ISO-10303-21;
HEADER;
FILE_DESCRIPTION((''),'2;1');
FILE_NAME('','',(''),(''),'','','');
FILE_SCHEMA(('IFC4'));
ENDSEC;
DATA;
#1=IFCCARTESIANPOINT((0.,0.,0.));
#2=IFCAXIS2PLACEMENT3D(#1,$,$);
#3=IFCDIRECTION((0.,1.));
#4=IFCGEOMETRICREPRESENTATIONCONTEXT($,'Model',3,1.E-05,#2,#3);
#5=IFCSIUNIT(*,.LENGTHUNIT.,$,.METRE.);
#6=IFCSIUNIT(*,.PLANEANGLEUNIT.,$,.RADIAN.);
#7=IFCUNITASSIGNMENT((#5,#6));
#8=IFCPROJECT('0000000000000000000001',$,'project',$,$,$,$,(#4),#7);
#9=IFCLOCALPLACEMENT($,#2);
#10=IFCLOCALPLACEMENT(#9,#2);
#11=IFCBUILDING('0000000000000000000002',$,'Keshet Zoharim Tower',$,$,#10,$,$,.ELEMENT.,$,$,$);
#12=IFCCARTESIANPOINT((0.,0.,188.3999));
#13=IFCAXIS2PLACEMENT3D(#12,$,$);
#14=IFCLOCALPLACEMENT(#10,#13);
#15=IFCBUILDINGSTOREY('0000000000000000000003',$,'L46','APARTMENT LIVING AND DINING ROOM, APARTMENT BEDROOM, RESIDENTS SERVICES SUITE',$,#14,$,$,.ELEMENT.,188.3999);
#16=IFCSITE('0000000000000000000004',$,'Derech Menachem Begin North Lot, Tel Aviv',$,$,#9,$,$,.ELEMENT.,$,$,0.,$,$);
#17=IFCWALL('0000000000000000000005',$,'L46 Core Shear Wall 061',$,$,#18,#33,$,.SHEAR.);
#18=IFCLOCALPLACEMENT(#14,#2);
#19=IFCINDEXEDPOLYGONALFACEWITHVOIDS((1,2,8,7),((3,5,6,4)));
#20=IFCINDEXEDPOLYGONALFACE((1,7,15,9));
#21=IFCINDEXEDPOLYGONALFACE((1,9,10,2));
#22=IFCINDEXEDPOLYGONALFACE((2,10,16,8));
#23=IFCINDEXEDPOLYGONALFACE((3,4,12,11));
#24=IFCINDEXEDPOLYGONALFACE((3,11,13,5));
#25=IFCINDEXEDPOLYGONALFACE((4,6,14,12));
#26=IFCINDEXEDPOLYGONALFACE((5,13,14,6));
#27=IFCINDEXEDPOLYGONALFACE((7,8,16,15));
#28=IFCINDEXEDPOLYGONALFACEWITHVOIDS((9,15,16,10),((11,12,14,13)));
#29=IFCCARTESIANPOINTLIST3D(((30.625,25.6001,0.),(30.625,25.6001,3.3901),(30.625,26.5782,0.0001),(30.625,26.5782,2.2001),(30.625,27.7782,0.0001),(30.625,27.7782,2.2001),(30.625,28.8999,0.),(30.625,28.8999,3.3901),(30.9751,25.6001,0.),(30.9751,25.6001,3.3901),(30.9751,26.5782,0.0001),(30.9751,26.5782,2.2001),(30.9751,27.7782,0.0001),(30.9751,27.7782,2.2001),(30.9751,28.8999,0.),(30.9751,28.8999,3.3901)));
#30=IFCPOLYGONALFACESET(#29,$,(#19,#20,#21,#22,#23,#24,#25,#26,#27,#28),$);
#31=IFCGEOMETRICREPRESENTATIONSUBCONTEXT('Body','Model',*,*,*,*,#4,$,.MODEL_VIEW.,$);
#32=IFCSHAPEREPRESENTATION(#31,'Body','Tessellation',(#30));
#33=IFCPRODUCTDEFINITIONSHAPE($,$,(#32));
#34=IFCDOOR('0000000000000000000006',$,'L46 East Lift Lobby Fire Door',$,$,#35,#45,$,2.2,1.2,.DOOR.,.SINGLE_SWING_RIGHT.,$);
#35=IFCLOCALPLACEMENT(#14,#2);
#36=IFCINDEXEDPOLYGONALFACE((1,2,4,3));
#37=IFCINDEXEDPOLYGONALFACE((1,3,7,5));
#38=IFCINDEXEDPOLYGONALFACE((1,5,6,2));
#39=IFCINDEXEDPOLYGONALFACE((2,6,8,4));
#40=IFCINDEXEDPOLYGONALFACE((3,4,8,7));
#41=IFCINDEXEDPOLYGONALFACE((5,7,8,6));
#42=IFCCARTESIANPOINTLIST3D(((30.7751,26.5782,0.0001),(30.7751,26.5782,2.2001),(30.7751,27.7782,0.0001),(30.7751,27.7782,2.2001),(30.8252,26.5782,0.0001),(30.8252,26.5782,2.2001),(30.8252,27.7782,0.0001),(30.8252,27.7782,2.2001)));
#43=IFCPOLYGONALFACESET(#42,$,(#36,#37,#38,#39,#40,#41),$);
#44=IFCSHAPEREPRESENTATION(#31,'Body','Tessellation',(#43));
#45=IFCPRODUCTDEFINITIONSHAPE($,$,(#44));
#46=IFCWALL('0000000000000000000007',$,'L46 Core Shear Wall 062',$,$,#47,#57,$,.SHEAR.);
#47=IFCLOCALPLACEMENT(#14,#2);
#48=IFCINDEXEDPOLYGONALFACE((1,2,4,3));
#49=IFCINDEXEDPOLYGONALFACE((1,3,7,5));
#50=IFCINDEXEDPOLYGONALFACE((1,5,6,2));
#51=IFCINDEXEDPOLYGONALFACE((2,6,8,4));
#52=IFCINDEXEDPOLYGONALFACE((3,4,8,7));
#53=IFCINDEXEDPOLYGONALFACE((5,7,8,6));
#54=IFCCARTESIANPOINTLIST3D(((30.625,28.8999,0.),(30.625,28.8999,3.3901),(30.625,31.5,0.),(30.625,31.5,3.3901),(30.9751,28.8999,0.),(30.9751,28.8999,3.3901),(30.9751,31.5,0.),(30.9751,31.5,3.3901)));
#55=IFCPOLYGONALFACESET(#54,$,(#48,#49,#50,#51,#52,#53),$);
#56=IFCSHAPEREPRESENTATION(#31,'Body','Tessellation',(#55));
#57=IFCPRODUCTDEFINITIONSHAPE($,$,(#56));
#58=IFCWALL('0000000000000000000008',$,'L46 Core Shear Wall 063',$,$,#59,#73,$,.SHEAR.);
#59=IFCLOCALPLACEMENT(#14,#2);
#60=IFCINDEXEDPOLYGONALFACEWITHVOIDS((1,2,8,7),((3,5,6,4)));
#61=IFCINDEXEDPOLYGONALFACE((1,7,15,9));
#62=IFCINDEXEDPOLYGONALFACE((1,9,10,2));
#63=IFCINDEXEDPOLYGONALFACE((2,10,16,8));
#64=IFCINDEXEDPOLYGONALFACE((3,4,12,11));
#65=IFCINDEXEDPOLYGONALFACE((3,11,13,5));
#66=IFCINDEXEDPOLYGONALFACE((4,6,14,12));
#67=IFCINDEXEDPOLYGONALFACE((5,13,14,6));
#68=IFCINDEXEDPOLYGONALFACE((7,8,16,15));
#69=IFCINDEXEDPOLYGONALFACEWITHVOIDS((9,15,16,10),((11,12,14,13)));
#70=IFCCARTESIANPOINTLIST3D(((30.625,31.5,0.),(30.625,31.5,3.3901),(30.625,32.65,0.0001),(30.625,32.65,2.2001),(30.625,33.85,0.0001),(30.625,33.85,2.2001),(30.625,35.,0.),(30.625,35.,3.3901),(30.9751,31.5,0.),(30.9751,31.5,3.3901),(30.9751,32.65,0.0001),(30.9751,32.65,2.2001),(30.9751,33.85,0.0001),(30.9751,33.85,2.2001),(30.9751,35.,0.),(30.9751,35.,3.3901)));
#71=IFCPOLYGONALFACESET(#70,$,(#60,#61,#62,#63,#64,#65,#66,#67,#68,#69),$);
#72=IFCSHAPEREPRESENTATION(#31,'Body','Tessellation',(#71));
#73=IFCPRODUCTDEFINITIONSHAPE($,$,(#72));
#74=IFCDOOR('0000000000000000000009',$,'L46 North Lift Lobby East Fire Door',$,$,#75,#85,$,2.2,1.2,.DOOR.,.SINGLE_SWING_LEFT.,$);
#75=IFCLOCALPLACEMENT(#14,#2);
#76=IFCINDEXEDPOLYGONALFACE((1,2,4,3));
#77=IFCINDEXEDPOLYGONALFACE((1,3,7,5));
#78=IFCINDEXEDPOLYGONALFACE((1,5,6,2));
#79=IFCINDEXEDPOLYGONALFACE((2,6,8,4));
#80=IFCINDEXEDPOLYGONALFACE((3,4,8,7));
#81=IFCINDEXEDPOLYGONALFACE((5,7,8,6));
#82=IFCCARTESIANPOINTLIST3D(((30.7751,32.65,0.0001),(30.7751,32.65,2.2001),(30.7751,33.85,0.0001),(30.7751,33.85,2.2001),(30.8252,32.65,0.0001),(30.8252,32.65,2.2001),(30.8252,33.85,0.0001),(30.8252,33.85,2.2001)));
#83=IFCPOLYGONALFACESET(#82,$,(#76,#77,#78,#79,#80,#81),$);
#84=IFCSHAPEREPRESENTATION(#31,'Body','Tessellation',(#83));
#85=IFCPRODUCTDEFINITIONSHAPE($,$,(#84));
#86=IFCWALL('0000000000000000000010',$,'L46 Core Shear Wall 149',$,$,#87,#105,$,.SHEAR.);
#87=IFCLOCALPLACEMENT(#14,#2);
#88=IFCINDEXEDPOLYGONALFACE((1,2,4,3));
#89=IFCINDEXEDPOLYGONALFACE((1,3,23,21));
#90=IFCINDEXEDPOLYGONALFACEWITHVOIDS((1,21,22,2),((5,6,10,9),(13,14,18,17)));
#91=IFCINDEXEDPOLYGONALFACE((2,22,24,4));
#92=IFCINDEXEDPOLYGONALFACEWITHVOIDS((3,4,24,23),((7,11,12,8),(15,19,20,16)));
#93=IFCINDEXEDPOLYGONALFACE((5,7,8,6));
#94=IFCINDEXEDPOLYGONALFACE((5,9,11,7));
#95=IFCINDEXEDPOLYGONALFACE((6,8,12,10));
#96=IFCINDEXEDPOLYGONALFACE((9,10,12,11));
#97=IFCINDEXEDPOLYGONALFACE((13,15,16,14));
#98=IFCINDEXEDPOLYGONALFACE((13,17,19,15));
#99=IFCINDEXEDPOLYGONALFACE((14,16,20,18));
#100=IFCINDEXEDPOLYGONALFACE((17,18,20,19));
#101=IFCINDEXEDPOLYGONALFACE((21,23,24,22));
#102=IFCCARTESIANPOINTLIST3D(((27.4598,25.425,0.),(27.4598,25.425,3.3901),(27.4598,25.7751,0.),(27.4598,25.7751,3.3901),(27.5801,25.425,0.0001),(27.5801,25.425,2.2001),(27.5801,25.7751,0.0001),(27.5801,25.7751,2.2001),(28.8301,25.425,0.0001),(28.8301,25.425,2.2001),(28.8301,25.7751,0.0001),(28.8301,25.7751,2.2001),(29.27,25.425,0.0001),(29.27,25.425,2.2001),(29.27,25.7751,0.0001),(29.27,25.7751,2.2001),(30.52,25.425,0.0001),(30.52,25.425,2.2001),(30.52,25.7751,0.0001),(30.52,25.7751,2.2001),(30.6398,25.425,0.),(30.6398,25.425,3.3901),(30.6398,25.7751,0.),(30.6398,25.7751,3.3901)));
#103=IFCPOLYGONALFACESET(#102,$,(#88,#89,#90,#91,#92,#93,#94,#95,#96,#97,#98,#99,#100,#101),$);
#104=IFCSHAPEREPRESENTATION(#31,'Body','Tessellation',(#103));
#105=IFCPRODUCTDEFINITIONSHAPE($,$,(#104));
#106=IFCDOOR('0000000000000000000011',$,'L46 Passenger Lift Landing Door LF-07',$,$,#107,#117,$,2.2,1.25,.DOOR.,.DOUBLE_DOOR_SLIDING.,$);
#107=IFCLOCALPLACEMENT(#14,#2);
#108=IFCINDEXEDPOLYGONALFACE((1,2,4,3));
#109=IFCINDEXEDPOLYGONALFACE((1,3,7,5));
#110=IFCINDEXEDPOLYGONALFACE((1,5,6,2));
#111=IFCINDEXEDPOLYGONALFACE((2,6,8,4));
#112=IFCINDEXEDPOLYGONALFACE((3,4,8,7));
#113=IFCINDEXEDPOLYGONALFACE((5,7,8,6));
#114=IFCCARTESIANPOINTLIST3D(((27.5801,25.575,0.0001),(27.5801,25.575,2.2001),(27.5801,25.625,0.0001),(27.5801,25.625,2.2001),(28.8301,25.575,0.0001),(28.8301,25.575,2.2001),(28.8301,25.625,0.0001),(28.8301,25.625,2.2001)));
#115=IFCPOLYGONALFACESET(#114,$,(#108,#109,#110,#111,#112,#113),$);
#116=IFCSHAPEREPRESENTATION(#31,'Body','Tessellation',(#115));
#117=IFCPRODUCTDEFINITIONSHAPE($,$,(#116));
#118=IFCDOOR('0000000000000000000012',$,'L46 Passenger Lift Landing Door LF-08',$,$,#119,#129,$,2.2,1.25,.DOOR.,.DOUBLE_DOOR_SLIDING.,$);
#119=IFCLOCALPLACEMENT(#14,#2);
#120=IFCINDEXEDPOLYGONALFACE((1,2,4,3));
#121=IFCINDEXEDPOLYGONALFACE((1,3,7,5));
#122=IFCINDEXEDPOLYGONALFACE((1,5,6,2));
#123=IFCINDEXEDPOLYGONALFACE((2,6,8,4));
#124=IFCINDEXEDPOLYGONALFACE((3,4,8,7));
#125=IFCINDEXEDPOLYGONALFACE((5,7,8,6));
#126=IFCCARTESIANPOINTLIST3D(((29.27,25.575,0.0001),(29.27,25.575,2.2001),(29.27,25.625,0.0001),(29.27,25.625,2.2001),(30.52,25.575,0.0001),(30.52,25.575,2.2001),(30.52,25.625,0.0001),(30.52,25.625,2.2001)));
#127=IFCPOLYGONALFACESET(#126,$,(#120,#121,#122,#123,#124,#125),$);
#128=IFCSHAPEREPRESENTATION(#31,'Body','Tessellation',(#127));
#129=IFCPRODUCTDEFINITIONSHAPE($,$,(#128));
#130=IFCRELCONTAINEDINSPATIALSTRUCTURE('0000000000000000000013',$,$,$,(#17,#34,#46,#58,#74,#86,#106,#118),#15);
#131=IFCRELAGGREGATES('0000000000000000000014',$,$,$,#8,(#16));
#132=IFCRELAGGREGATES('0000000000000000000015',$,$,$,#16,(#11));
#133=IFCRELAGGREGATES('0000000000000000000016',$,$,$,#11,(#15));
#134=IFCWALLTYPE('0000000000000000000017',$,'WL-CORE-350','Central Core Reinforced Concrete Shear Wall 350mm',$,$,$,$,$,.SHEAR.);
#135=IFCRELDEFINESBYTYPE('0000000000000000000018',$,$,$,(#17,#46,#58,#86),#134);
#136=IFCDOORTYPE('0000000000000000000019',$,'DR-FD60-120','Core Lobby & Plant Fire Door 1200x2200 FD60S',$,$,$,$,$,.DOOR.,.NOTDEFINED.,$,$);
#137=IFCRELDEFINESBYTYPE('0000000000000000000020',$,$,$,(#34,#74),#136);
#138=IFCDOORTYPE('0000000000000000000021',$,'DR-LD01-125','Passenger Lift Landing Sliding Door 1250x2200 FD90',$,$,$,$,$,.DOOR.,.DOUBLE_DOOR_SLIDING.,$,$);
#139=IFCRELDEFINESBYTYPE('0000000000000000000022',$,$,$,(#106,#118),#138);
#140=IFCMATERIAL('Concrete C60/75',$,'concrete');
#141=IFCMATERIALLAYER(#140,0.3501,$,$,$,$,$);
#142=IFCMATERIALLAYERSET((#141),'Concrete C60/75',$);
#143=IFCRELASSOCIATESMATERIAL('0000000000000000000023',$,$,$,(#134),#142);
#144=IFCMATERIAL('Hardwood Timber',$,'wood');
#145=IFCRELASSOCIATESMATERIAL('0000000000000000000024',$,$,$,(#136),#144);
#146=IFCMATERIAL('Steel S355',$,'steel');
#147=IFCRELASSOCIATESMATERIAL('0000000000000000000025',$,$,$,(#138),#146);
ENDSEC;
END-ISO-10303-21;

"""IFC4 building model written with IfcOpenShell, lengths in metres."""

from ifc_helpers import new_model, si_unit, direction, frame, frame_2d, origin, place, context, subcontext, project, spatial, rectangle, extrude, material, layer, layer_set, type_object, element, fill, save


model = new_model("IFC4")

# Units and contexts
model_context = context("Model", 3, precision=1e-05, world=origin(), true_north=direction((0.0, 1.0)))
body_context = subcontext(model_context, "Body", "Model", "MODEL_VIEW")
ifc_project = project(units=[si_unit("LENGTHUNIT", "METRE"), si_unit("PLANEANGLEUNIT", "RADIAN")], contexts=[model_context])

# Site, building, storey
site_placement = place(None, origin())
site = spatial("IfcSite", under=ifc_project, at=site_placement, Name="Derech Menachem Begin North Lot, Tel Aviv", CompositionType="ELEMENT", RefElevation=0.0)
building_placement = place(site_placement, origin())
building = spatial("IfcBuilding", under=site, at=building_placement, Name="Keshet Zoharim Tower", CompositionType="ELEMENT")
storey_placement = place(building_placement, frame((0.0, 0.0, 188.3999)))
storey = spatial("IfcBuildingStorey", under=building, at=storey_placement, Name="L46", Description="APARTMENT LIVING AND DINING ROOM, APARTMENT BEDROOM, RESIDENTS SERVICES SUITE", CompositionType="ELEMENT", Elevation=188.3999)

# Shared definitions
ifc_material_1 = material(Name="Steel S355", Category="steel")

# Shared definitions
ifc_material_2 = material(Name="Concrete C60/75", Category="concrete")
ifc_layer_1 = layer(ifc_material_2, 0.3501)
ifc_layer_set_1 = layer_set([ifc_layer_1], Name="Concrete C60/75")
wall_type_1 = type_object("IfcWallType", Name="WL-CORE-350", Description="Central Core Reinforced Concrete Shear Wall 350mm", PredefinedType="SHEAR", material=ifc_layer_set_1)

# Wall, opening, door
wall_1_placement = place(storey_placement, frame((30.8, 25.6001, 0.0), z_axis=(0.0, 0.0, 1.0), x_axis=(0.0, 1.0, 0.0)))
wall_1 = element("IfcWall", 1, at=wall_1_placement, inside=storey, type_object=wall_type_1, Name="L46 Core Shear Wall 061", PredefinedType="SHEAR", context=body_context, shape_type="SweptSolid", body=[
    extrude(rectangle(XDim=3.2998, YDim=0.3501, at=frame_2d((1.6499, 0.0))), origin(), (0.0, 0.0, 1.0), 3.3901),
])
opening_1_placement = place(wall_1_placement, frame((0.978, 0.0, 0.0)))
opening_1 = element("IfcOpeningElement", 2, at=opening_1_placement, cuts=wall_1, PredefinedType="OPENING", context=body_context, shape_type="SweptSolid", body=[
    extrude(rectangle(XDim=1.2, YDim=2.2, at=frame_2d((0.6001, 1.1001))), frame((0.0, 0.1851, 0.0), z_axis=(0.0, -1.0, 0.0), x_axis=(1.0, 0.0, 0.0)), (0.0, 0.0, 1.0), 0.3701),
])
ifc_material_3 = material(Name="Hardwood Timber", Category="wood")
door_type_1 = type_object("IfcDoorType", Name="DR-FD60-120", Description="Core Lobby & Plant Fire Door 1200x2200 FD60S", OperationType="NOTDEFINED", PredefinedType="DOOR", material=ifc_material_3)
door_1_placement = place(opening_1_placement, origin())
door_1 = element("IfcDoor", 3, at=door_1_placement, inside=storey, type_object=door_type_1, Name="L46 East Lift Lobby Fire Door", OperationType="SINGLE_SWING_RIGHT", OverallHeight=2.2, OverallWidth=1.2, PredefinedType="DOOR", context=body_context, shape_type="SweptSolid", body=[
    extrude(rectangle(XDim=1.2, YDim=2.2, at=frame_2d((0.6001, 1.1001))), frame((0.0, 0.0249, 0.0), z_axis=(0.0, -1.0, 0.0), x_axis=(1.0, 0.0, 0.0)), (0.0, 0.0, 1.0), 0.05),
])
fill(opening_1, door_1)

# Wall
wall_2_placement = place(storey_placement, frame((30.8, 28.8999, 0.0), z_axis=(0.0, 0.0, 1.0), x_axis=(0.0, 1.0, 0.0)))
element("IfcWall", 4, at=wall_2_placement, inside=storey, type_object=wall_type_1, Name="L46 Core Shear Wall 062", PredefinedType="SHEAR", context=body_context, shape_type="SweptSolid", body=[
    extrude(rectangle(XDim=2.6001, YDim=0.3501, at=frame_2d((1.3, 0.0))), origin(), (0.0, 0.0, 1.0), 3.3901),
])

# Wall, opening, door
wall_3_placement = place(storey_placement, frame((30.8, 31.5, 0.0), z_axis=(0.0, 0.0, 1.0), x_axis=(0.0, 1.0, 0.0)))
wall_3 = element("IfcWall", 5, at=wall_3_placement, inside=storey, type_object=wall_type_1, Name="L46 Core Shear Wall 063", PredefinedType="SHEAR", context=body_context, shape_type="SweptSolid", body=[
    extrude(rectangle(XDim=3.5, YDim=0.3501, at=frame_2d((1.75, 0.0))), origin(), (0.0, 0.0, 1.0), 3.3901),
])
opening_2_placement = place(wall_3_placement, frame((1.1499, 0.0, 0.0)))
opening_2 = element("IfcOpeningElement", 6, at=opening_2_placement, cuts=wall_3, PredefinedType="OPENING", context=body_context, shape_type="SweptSolid", body=[
    extrude(rectangle(XDim=1.2, YDim=2.2, at=frame_2d((0.6001, 1.1001))), frame((0.0, 0.1851, 0.0), z_axis=(0.0, -1.0, 0.0), x_axis=(1.0, 0.0, 0.0)), (0.0, 0.0, 1.0), 0.3701),
])
door_2_placement = place(opening_2_placement, origin())
door_2 = element("IfcDoor", 7, at=door_2_placement, inside=storey, type_object=door_type_1, Name="L46 North Lift Lobby East Fire Door", OperationType="SINGLE_SWING_LEFT", OverallHeight=2.2, OverallWidth=1.2, PredefinedType="DOOR", context=body_context, shape_type="SweptSolid", body=[
    extrude(rectangle(XDim=1.2, YDim=2.2, at=frame_2d((0.6001, 1.1001))), frame((0.0, 0.0249, 0.0), z_axis=(0.0, -1.0, 0.0), x_axis=(1.0, 0.0, 0.0)), (0.0, 0.0, 1.0), 0.05),
])
fill(opening_2, door_2)

# Wall, openings, doors
wall_4_placement = place(storey_placement, frame((27.46, 25.6001, 0.0), z_axis=(0.0, 0.0, 1.0), x_axis=(1.0, 0.0, 0.0)))
wall_4 = element("IfcWall", 8, at=wall_4_placement, inside=storey, type_object=wall_type_1, Name="L46 Core Shear Wall 149", PredefinedType="SHEAR", context=body_context, shape_type="SweptSolid", body=[
    extrude(rectangle(XDim=3.1799, YDim=0.3501, at=frame_2d((1.5898, 0.0))), origin(), (0.0, 0.0, 1.0), 3.3901),
])
opening_3_placement = place(wall_4_placement, frame((0.1201, 0.0, 0.0)))
opening_3 = element("IfcOpeningElement", 9, at=opening_3_placement, cuts=wall_4, PredefinedType="OPENING", context=body_context, shape_type="SweptSolid", body=[
    extrude(rectangle(XDim=1.25, YDim=2.2, at=frame_2d((0.625, 1.1001))), frame((0.0, 0.1851, 0.0), z_axis=(0.0, -1.0, 0.0), x_axis=(1.0, 0.0, 0.0)), (0.0, 0.0, 1.0), 0.3701),
])
opening_4_placement = place(wall_4_placement, frame((1.8101, 0.0, 0.0)))
opening_4 = element("IfcOpeningElement", 10, at=opening_4_placement, cuts=wall_4, PredefinedType="OPENING", context=body_context, shape_type="SweptSolid", body=[
    extrude(rectangle(XDim=1.25, YDim=2.2, at=frame_2d((0.625, 1.1001))), frame((0.0, 0.1851, 0.0), z_axis=(0.0, -1.0, 0.0), x_axis=(1.0, 0.0, 0.0)), (0.0, 0.0, 1.0), 0.3701),
])
door_type_2 = type_object("IfcDoorType", Name="DR-LD01-125", Description="Passenger Lift Landing Sliding Door 1250x2200 FD90", OperationType="DOUBLE_DOOR_SLIDING", PredefinedType="DOOR", material=ifc_material_1)
door_3_placement = place(opening_3_placement, origin())
door_3 = element("IfcDoor", 11, at=door_3_placement, inside=storey, type_object=door_type_2, Name="L46 Passenger Lift Landing Door LF-07", OperationType="DOUBLE_DOOR_SLIDING", OverallHeight=2.2, OverallWidth=1.25, PredefinedType="DOOR", context=body_context, shape_type="SweptSolid", body=[
    extrude(rectangle(XDim=1.25, YDim=2.2, at=frame_2d((0.625, 1.1001))), frame((0.0, 0.0249, 0.0), z_axis=(0.0, -1.0, 0.0), x_axis=(1.0, 0.0, 0.0)), (0.0, 0.0, 1.0), 0.05),
])
fill(opening_3, door_3)
door_4_placement = place(opening_4_placement, origin())
door_4 = element("IfcDoor", 12, at=door_4_placement, inside=storey, type_object=door_type_2, Name="L46 Passenger Lift Landing Door LF-08", OperationType="DOUBLE_DOOR_SLIDING", OverallHeight=2.2, OverallWidth=1.25, PredefinedType="DOOR", context=body_context, shape_type="SweptSolid", body=[
    extrude(rectangle(XDim=1.25, YDim=2.2, at=frame_2d((0.625, 1.1001))), frame((0.0, 0.0249, 0.0), z_axis=(0.0, -1.0, 0.0), x_axis=(1.0, 0.0, 0.0)), (0.0, 0.0, 1.0), 0.05),
])
fill(opening_4, door_4)

save(model, "model.ifc")
